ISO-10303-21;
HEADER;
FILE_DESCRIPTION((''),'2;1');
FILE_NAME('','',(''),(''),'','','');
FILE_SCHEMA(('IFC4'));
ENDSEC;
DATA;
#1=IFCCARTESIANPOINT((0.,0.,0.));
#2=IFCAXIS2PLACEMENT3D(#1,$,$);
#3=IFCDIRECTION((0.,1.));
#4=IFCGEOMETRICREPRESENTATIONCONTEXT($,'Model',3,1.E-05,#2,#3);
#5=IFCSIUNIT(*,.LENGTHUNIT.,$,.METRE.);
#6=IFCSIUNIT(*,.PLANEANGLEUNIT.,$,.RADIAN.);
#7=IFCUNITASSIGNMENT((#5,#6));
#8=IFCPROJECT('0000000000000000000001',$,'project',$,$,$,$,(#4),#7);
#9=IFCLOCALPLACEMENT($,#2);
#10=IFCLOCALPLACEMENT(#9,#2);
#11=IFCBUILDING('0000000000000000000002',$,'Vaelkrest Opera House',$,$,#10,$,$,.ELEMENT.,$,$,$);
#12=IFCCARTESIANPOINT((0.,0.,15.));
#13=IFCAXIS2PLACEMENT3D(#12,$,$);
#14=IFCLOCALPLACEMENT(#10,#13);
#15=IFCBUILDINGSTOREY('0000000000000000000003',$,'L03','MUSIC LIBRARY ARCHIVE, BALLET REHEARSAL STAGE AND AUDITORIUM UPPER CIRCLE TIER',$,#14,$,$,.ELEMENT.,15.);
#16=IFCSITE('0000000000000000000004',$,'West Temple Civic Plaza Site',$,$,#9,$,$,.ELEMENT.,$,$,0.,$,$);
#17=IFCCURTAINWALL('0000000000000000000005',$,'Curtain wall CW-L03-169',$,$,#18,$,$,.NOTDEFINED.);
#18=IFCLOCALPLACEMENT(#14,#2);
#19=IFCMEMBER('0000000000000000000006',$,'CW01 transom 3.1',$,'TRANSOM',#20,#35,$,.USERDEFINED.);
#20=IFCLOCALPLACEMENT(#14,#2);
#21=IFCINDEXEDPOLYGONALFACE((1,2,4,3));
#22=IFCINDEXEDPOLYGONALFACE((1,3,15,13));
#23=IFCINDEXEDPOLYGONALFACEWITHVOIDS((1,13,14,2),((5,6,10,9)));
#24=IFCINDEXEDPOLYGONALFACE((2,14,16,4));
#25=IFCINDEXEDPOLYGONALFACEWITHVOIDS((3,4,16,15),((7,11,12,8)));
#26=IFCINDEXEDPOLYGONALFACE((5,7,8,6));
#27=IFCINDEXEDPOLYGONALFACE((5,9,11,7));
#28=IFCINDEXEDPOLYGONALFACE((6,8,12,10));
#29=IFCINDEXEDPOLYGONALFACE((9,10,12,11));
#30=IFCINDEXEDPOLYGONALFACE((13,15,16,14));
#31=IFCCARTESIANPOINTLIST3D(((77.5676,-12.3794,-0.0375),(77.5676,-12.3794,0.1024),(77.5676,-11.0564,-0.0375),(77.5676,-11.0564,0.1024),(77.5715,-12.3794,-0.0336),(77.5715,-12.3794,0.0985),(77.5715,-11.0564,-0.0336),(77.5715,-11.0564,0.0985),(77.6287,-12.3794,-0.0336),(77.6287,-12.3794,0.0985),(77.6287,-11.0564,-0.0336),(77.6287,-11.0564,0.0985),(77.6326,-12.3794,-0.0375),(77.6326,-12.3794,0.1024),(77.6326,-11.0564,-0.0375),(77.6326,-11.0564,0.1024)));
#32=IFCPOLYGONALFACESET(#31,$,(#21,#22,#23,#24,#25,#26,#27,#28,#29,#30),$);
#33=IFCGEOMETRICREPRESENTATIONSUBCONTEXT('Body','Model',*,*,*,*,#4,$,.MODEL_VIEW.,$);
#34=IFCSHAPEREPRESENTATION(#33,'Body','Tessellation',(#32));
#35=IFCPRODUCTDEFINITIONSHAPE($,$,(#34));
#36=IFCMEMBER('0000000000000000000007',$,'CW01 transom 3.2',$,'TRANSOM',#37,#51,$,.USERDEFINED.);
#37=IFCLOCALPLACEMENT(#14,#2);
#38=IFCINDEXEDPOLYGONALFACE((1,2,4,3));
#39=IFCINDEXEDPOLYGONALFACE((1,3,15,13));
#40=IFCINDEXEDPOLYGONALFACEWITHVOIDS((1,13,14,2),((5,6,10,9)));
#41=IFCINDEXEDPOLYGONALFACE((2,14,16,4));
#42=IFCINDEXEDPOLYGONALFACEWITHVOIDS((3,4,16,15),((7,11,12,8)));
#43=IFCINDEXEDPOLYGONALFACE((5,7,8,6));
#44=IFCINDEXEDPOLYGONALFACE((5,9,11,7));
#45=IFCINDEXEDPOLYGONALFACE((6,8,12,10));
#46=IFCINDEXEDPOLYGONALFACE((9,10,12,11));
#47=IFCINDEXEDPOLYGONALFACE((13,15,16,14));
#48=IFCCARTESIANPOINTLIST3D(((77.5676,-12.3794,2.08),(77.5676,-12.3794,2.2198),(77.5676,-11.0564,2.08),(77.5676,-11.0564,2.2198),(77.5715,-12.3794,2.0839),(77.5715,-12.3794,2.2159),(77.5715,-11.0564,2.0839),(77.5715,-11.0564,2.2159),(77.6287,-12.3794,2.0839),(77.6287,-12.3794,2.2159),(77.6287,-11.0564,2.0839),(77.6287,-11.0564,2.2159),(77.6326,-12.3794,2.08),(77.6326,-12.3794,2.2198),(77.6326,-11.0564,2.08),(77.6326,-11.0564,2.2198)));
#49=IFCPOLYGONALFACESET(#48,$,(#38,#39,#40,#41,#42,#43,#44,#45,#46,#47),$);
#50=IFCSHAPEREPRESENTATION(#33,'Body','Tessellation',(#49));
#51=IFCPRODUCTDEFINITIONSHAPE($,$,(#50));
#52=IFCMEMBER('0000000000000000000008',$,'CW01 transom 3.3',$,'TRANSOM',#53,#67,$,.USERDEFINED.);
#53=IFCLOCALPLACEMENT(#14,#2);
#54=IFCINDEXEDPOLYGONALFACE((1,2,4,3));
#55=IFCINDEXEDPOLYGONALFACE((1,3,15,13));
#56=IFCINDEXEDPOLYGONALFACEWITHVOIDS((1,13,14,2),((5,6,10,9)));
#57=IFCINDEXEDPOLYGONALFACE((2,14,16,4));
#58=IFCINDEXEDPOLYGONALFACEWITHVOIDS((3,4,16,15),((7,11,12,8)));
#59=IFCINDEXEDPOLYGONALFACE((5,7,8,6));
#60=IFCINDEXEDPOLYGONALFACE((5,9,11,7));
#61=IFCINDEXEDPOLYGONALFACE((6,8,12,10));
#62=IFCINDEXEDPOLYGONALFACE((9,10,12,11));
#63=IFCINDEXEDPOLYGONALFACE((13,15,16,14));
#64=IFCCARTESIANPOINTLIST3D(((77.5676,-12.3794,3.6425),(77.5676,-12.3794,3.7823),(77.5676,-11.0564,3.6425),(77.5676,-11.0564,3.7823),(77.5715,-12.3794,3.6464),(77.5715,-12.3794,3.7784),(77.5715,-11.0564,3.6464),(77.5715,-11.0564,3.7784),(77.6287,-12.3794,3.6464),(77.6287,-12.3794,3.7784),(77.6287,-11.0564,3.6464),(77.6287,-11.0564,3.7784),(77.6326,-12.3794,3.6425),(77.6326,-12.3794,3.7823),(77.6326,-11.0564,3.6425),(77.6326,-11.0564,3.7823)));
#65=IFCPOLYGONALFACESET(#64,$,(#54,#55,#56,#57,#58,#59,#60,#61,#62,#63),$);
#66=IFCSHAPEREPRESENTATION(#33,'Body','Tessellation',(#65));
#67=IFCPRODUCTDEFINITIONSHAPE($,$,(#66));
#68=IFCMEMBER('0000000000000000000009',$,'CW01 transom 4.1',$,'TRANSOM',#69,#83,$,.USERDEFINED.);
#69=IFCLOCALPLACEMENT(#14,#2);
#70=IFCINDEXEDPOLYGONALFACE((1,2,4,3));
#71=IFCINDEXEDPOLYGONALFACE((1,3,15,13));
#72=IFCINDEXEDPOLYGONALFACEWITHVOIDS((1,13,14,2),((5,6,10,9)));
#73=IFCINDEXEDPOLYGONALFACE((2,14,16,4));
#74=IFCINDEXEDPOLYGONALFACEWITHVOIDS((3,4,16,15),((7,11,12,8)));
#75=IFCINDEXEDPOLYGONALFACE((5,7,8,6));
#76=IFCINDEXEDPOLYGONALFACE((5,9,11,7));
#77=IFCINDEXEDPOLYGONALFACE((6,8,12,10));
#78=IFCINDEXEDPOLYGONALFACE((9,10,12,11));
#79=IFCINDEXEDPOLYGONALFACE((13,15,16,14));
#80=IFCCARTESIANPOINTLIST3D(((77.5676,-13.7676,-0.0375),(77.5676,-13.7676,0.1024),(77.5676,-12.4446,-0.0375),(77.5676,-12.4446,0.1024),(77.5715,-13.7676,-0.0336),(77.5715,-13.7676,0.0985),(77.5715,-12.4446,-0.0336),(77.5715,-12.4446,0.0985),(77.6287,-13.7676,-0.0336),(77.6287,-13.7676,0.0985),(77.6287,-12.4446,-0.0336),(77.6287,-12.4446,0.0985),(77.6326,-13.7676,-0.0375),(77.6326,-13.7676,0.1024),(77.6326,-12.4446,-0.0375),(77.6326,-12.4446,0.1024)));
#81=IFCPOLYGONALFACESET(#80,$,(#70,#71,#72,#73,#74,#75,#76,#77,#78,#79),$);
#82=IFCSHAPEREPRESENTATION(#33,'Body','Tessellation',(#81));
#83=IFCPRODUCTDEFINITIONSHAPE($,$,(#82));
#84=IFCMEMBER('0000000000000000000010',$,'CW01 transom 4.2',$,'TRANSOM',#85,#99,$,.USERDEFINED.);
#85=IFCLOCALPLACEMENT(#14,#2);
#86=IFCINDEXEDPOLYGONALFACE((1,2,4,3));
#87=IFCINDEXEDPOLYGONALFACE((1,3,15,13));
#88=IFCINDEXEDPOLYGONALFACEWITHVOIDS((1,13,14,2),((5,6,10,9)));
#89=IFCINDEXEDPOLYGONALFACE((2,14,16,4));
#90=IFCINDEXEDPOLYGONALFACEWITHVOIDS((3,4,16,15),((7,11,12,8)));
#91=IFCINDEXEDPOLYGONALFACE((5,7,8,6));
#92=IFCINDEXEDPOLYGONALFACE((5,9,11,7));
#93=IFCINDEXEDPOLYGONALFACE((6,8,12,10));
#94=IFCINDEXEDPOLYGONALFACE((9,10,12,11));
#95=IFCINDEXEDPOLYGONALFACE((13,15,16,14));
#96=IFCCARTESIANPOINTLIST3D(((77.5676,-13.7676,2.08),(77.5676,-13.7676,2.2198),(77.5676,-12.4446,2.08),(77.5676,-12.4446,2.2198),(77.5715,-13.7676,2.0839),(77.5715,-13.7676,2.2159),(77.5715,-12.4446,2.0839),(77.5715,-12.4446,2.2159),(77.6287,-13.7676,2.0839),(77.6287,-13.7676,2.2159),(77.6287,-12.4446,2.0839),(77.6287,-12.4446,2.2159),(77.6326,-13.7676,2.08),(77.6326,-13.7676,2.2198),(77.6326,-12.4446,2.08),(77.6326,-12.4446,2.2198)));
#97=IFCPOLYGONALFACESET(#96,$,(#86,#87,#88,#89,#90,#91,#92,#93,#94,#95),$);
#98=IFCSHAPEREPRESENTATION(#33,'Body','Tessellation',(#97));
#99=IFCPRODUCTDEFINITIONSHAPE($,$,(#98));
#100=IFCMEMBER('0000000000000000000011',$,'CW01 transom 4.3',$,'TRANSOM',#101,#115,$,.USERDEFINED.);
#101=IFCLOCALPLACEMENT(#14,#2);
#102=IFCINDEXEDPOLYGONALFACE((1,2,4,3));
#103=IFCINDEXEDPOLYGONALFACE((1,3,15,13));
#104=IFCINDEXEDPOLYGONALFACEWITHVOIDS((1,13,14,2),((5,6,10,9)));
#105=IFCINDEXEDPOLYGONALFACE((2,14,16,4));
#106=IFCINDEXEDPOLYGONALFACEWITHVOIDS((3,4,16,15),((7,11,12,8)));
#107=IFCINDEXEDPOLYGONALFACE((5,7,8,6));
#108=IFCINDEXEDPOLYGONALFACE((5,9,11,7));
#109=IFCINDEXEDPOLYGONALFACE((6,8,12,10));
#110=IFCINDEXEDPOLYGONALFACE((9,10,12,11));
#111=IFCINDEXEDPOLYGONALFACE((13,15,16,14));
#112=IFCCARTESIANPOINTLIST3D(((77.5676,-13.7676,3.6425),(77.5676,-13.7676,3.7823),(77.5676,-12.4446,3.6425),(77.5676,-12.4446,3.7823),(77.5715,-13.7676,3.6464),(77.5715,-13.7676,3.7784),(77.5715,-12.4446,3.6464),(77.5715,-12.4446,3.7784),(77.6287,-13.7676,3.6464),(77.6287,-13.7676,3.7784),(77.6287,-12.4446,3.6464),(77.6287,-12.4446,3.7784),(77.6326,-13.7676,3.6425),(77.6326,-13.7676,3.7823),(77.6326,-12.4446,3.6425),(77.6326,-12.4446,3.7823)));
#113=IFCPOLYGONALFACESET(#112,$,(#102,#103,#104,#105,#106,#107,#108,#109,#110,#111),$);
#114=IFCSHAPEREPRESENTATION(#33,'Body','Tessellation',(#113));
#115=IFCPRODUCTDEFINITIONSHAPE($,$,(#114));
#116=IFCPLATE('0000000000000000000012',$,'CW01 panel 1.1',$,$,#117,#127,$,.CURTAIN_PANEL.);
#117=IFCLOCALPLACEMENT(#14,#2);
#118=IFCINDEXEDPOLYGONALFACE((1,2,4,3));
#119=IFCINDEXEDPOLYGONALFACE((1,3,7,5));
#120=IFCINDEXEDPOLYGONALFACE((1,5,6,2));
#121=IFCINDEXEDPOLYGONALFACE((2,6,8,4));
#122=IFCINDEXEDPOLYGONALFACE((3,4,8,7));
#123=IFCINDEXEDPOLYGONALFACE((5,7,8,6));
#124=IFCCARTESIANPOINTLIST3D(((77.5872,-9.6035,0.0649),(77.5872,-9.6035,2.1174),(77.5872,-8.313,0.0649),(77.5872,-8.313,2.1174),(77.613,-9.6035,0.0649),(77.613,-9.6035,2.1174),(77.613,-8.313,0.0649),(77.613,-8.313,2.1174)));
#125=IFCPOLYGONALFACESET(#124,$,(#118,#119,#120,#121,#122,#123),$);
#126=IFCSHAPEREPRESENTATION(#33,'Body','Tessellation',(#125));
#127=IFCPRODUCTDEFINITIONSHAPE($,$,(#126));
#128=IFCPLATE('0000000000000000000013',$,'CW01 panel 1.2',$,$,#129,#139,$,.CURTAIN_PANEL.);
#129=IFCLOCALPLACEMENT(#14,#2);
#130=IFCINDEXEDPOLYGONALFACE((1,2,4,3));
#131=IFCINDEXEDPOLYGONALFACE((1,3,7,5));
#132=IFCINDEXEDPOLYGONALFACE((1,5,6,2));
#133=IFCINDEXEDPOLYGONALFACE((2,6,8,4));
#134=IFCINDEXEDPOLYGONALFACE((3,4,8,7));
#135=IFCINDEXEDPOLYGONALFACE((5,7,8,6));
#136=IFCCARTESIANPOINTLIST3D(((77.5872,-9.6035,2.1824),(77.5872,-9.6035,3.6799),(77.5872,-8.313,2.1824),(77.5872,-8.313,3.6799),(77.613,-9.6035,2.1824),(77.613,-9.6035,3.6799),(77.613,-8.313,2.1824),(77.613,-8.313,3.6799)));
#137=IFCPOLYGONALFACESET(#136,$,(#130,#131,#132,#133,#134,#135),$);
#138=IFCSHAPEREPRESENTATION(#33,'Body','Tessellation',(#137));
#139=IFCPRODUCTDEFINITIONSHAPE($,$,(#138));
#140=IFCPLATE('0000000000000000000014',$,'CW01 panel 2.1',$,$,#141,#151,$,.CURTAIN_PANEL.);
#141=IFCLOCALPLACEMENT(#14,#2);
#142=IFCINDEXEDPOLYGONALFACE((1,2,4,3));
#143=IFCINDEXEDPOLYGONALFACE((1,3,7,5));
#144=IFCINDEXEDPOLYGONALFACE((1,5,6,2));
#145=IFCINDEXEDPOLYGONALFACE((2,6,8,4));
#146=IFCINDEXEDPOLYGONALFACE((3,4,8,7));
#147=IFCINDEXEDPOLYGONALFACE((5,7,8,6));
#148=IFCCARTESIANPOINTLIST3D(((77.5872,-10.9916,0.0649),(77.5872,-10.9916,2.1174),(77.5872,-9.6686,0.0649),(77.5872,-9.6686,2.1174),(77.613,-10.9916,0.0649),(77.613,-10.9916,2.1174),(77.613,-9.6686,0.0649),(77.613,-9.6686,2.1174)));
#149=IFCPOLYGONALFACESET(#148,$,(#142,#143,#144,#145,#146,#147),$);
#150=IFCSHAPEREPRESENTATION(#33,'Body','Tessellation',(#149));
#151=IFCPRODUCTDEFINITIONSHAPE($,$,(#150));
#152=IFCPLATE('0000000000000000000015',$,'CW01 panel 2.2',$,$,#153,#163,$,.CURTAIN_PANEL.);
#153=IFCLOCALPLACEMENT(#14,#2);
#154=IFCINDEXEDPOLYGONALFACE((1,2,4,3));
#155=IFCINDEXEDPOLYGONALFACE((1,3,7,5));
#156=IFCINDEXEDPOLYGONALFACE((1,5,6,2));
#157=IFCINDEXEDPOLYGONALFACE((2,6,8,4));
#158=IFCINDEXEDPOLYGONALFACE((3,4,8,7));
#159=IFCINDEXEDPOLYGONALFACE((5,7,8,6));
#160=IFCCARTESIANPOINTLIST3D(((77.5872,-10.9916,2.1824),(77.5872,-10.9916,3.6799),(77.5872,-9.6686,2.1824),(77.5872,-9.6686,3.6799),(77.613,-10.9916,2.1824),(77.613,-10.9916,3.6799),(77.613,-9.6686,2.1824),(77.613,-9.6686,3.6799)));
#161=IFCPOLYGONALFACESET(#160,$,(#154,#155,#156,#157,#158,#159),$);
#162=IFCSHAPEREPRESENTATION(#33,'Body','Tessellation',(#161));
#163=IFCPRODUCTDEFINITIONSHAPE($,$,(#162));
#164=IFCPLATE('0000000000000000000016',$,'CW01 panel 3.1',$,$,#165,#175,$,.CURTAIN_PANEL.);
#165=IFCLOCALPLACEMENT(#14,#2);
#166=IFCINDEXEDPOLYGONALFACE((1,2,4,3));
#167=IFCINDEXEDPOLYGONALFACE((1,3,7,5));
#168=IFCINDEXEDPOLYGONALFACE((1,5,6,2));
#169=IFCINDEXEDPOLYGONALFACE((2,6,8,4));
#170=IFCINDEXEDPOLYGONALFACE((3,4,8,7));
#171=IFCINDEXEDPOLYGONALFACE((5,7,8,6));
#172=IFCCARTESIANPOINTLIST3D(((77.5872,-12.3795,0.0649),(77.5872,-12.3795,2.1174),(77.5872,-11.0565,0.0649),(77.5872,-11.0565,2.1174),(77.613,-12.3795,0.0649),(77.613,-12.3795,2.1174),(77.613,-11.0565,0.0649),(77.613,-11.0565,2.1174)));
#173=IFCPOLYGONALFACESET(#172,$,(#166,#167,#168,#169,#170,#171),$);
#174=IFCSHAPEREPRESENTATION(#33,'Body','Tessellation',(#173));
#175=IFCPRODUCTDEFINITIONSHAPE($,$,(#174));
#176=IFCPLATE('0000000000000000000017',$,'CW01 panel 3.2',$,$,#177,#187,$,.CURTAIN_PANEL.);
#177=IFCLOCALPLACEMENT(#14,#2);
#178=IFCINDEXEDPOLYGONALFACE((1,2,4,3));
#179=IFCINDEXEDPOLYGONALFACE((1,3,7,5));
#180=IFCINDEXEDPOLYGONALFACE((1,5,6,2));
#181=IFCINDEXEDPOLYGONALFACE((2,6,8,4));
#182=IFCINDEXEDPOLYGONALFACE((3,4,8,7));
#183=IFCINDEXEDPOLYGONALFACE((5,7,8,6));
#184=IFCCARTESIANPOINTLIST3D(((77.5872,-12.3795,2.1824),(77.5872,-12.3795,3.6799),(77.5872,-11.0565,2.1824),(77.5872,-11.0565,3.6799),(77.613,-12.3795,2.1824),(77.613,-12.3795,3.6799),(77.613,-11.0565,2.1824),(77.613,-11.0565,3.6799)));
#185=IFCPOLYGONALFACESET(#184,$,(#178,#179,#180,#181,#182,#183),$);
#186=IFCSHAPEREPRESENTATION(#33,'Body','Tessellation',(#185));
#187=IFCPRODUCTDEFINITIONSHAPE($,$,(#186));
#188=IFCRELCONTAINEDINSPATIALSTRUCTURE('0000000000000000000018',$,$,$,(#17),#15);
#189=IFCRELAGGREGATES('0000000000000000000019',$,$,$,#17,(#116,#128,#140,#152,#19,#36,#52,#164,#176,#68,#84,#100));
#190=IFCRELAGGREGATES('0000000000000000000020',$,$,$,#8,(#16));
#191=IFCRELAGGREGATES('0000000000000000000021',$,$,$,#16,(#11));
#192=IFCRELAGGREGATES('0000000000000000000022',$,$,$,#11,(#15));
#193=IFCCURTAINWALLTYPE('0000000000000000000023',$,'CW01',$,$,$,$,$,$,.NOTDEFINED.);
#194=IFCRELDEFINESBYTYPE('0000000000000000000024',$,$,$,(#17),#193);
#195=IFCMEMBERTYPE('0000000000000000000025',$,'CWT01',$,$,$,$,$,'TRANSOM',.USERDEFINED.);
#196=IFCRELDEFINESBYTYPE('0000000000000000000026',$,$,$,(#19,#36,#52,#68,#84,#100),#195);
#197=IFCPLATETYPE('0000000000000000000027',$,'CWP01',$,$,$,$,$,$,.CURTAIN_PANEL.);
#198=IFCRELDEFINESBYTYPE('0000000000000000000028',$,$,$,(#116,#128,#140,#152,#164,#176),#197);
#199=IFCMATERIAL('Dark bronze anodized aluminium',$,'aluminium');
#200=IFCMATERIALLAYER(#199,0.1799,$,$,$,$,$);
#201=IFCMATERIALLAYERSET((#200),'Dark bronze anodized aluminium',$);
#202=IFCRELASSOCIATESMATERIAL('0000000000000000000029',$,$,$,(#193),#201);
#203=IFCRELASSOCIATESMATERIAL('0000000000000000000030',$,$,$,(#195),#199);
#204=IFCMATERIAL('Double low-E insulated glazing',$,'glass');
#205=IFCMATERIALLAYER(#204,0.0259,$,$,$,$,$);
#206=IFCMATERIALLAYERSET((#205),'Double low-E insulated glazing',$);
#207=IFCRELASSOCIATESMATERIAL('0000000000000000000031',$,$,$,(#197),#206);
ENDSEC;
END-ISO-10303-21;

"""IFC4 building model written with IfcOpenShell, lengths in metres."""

from ifc_helpers import new_model, si_unit, direction, frame, origin, origin_2d, place, context, subcontext, project, spatial, rectangle, hollow_rectangle, extrude, material, layer, layer_set, material_profile, profile_set, type_object, element, aggregate, save


model = new_model("IFC4")

# Units and contexts
model_context = context("Model", 3, precision=1e-05, world=origin(), true_north=direction((0.0, 1.0)))
body_context = subcontext(model_context, "Body", "Model", "MODEL_VIEW")
ifc_project = project(units=[si_unit("LENGTHUNIT", "METRE"), si_unit("PLANEANGLEUNIT", "RADIAN")], contexts=[model_context])

# Site, building, storey
site_placement = place(None, origin())
site = spatial("IfcSite", under=ifc_project, at=site_placement, Name="West Temple Civic Plaza Site", CompositionType="ELEMENT", RefElevation=0.0)
building_placement = place(site_placement, origin())
building = spatial("IfcBuilding", under=site, at=building_placement, Name="Vaelkrest Opera House", CompositionType="ELEMENT")
storey_placement = place(building_placement, frame((0.0, 0.0, 15.0)))
storey = spatial("IfcBuildingStorey", under=building, at=storey_placement, Name="L03", Description="MUSIC LIBRARY ARCHIVE, BALLET REHEARSAL STAGE AND AUDITORIUM UPPER CIRCLE TIER", CompositionType="ELEMENT", Elevation=15.0)

# Curtain wall, members, plates
ifc_material_1 = material(Name="Dark bronze anodized aluminium", Category="aluminium")
ifc_layer_1 = layer(ifc_material_1, 0.1799)
ifc_layer_set_1 = layer_set([ifc_layer_1], Name="Dark bronze anodized aluminium")
curtain_wall_type = type_object("IfcCurtainWallType", Name="CW01", PredefinedType="NOTDEFINED", material=ifc_layer_set_1)
curtain_wall_placement = place(storey_placement, origin())
curtain_wall = element("IfcCurtainWall", 1, at=curtain_wall_placement, inside=storey, type_object=curtain_wall_type, Name="Curtain wall CW-L03-169", PredefinedType="NOTDEFINED")
ifc_material_profile_1 = material_profile(ifc_material_1, hollow_rectangle(XDim=0.0649, YDim=0.1399, WallThickness=0.0039, at=origin_2d()), Name="CWT65X140")
ifc_profile_set_1 = profile_set([ifc_material_profile_1], Name="Dark bronze anodized aluminium")
member_type_1 = type_object("IfcMemberType", Name="CWT01", ElementType="TRANSOM", PredefinedType="USERDEFINED", material=ifc_profile_set_1)
member_1_placement = place(storey_placement, frame((77.6001, -11.0564, 0.0325), z_axis=(0.0, -1.0, 0.0), x_axis=(1.0, 0.0, 0.0)))
member_1 = element("IfcMember", 2, at=member_1_placement, type_object=member_type_1, Name="CW01 transom 3.1", ObjectType="TRANSOM", PredefinedType="USERDEFINED", context=body_context, shape_type="SweptSolid", body=[
    extrude(hollow_rectangle(XDim=0.0649, YDim=0.1399, WallThickness=0.0039, at=origin_2d()), origin(), (0.0, 0.0, 1.0), 1.323),
])
member_2_placement = place(storey_placement, frame((77.6001, -11.0564, 2.1499), z_axis=(0.0, -1.0, 0.0), x_axis=(1.0, 0.0, 0.0)))
member_2 = element("IfcMember", 3, at=member_2_placement, type_object=member_type_1, Name="CW01 transom 3.2", ObjectType="TRANSOM", PredefinedType="USERDEFINED", context=body_context, shape_type="SweptSolid", body=[
    extrude(hollow_rectangle(XDim=0.0649, YDim=0.1399, WallThickness=0.0039, at=origin_2d()), origin(), (0.0, 0.0, 1.0), 1.323),
])
member_3_placement = place(storey_placement, frame((77.6001, -11.0564, 3.7124), z_axis=(0.0, -1.0, 0.0), x_axis=(1.0, 0.0, 0.0)))
member_3 = element("IfcMember", 4, at=member_3_placement, type_object=member_type_1, Name="CW01 transom 3.3", ObjectType="TRANSOM", PredefinedType="USERDEFINED", context=body_context, shape_type="SweptSolid", body=[
    extrude(hollow_rectangle(XDim=0.0649, YDim=0.1399, WallThickness=0.0039, at=origin_2d()), origin(), (0.0, 0.0, 1.0), 1.323),
])
member_4_placement = place(storey_placement, frame((77.6001, -12.4446, 0.0325), z_axis=(0.0, -1.0, 0.0), x_axis=(1.0, 0.0, 0.0)))
member_4 = element("IfcMember", 5, at=member_4_placement, type_object=member_type_1, Name="CW01 transom 4.1", ObjectType="TRANSOM", PredefinedType="USERDEFINED", context=body_context, shape_type="SweptSolid", body=[
    extrude(hollow_rectangle(XDim=0.0649, YDim=0.1399, WallThickness=0.0039, at=origin_2d()), origin(), (0.0, 0.0, 1.0), 1.323),
])
member_5_placement = place(storey_placement, frame((77.6001, -12.4446, 2.1499), z_axis=(0.0, -1.0, 0.0), x_axis=(1.0, 0.0, 0.0)))
member_5 = element("IfcMember", 6, at=member_5_placement, type_object=member_type_1, Name="CW01 transom 4.2", ObjectType="TRANSOM", PredefinedType="USERDEFINED", context=body_context, shape_type="SweptSolid", body=[
    extrude(hollow_rectangle(XDim=0.0649, YDim=0.1399, WallThickness=0.0039, at=origin_2d()), origin(), (0.0, 0.0, 1.0), 1.323),
])
member_6_placement = place(storey_placement, frame((77.6001, -12.4446, 3.7124), z_axis=(0.0, -1.0, 0.0), x_axis=(1.0, 0.0, 0.0)))
member_6 = element("IfcMember", 7, at=member_6_placement, type_object=member_type_1, Name="CW01 transom 4.3", ObjectType="TRANSOM", PredefinedType="USERDEFINED", context=body_context, shape_type="SweptSolid", body=[
    extrude(hollow_rectangle(XDim=0.0649, YDim=0.1399, WallThickness=0.0039, at=origin_2d()), origin(), (0.0, 0.0, 1.0), 1.323),
])
ifc_material_2 = material(Name="Double low-E insulated glazing", Category="glass")
ifc_layer_2 = layer(ifc_material_2, 0.0259)
ifc_layer_set_2 = layer_set([ifc_layer_2], Name="Double low-E insulated glazing")
plate_type = type_object("IfcPlateType", Name="CWP01", PredefinedType="CURTAIN_PANEL", material=ifc_layer_set_2)
plate_1_placement = place(storey_placement, frame((77.6001, -8.9583, 0.0649), z_axis=(0.0, 0.0, 1.0), x_axis=(0.0, -1.0, 0.0)))
plate_1 = element("IfcPlate", 8, at=plate_1_placement, type_object=plate_type, Name="CW01 panel 1.1", PredefinedType="CURTAIN_PANEL", context=body_context, shape_type="SweptSolid", body=[
    extrude(rectangle(XDim=1.2905, YDim=0.0259, at=origin_2d()), origin(), (0.0, 0.0, 1.0), 2.0525),
])
plate_2_placement = place(storey_placement, frame((77.6001, -8.9583, 2.1824), z_axis=(0.0, 0.0, 1.0), x_axis=(0.0, -1.0, 0.0)))
plate_2 = element("IfcPlate", 9, at=plate_2_placement, type_object=plate_type, Name="CW01 panel 1.2", PredefinedType="CURTAIN_PANEL", context=body_context, shape_type="SweptSolid", body=[
    extrude(rectangle(XDim=1.2905, YDim=0.0259, at=origin_2d()), origin(), (0.0, 0.0, 1.0), 1.4976),
])
plate_3_placement = place(storey_placement, frame((77.6001, -10.3301, 0.0649), z_axis=(0.0, 0.0, 1.0), x_axis=(0.0, -1.0, 0.0)))
plate_3 = element("IfcPlate", 10, at=plate_3_placement, type_object=plate_type, Name="CW01 panel 2.1", PredefinedType="CURTAIN_PANEL", context=body_context, shape_type="SweptSolid", body=[
    extrude(rectangle(XDim=1.323, YDim=0.0259, at=origin_2d()), origin(), (0.0, 0.0, 1.0), 2.0525),
])
plate_4_placement = place(storey_placement, frame((77.6001, -10.3301, 2.1824), z_axis=(0.0, 0.0, 1.0), x_axis=(0.0, -1.0, 0.0)))
plate_4 = element("IfcPlate", 11, at=plate_4_placement, type_object=plate_type, Name="CW01 panel 2.2", PredefinedType="CURTAIN_PANEL", context=body_context, shape_type="SweptSolid", body=[
    extrude(rectangle(XDim=1.323, YDim=0.0259, at=origin_2d()), origin(), (0.0, 0.0, 1.0), 1.4976),
])
plate_5_placement = place(storey_placement, frame((77.6001, -11.718, 0.0649), z_axis=(0.0, 0.0, 1.0), x_axis=(0.0, -1.0, 0.0)))
plate_5 = element("IfcPlate", 12, at=plate_5_placement, type_object=plate_type, Name="CW01 panel 3.1", PredefinedType="CURTAIN_PANEL", context=body_context, shape_type="SweptSolid", body=[
    extrude(rectangle(XDim=1.323, YDim=0.0259, at=origin_2d()), origin(), (0.0, 0.0, 1.0), 2.0525),
])
plate_6_placement = place(storey_placement, frame((77.6001, -11.718, 2.1824), z_axis=(0.0, 0.0, 1.0), x_axis=(0.0, -1.0, 0.0)))
plate_6 = element("IfcPlate", 13, at=plate_6_placement, type_object=plate_type, Name="CW01 panel 3.2", PredefinedType="CURTAIN_PANEL", context=body_context, shape_type="SweptSolid", body=[
    extrude(rectangle(XDim=1.323, YDim=0.0259, at=origin_2d()), origin(), (0.0, 0.0, 1.0), 1.4976),
])
aggregate(curtain_wall, [plate_1, plate_2, plate_3, plate_4, member_1, member_2, member_3, plate_5, plate_6, member_4, member_5, member_6])

save(model, "model.ifc")
